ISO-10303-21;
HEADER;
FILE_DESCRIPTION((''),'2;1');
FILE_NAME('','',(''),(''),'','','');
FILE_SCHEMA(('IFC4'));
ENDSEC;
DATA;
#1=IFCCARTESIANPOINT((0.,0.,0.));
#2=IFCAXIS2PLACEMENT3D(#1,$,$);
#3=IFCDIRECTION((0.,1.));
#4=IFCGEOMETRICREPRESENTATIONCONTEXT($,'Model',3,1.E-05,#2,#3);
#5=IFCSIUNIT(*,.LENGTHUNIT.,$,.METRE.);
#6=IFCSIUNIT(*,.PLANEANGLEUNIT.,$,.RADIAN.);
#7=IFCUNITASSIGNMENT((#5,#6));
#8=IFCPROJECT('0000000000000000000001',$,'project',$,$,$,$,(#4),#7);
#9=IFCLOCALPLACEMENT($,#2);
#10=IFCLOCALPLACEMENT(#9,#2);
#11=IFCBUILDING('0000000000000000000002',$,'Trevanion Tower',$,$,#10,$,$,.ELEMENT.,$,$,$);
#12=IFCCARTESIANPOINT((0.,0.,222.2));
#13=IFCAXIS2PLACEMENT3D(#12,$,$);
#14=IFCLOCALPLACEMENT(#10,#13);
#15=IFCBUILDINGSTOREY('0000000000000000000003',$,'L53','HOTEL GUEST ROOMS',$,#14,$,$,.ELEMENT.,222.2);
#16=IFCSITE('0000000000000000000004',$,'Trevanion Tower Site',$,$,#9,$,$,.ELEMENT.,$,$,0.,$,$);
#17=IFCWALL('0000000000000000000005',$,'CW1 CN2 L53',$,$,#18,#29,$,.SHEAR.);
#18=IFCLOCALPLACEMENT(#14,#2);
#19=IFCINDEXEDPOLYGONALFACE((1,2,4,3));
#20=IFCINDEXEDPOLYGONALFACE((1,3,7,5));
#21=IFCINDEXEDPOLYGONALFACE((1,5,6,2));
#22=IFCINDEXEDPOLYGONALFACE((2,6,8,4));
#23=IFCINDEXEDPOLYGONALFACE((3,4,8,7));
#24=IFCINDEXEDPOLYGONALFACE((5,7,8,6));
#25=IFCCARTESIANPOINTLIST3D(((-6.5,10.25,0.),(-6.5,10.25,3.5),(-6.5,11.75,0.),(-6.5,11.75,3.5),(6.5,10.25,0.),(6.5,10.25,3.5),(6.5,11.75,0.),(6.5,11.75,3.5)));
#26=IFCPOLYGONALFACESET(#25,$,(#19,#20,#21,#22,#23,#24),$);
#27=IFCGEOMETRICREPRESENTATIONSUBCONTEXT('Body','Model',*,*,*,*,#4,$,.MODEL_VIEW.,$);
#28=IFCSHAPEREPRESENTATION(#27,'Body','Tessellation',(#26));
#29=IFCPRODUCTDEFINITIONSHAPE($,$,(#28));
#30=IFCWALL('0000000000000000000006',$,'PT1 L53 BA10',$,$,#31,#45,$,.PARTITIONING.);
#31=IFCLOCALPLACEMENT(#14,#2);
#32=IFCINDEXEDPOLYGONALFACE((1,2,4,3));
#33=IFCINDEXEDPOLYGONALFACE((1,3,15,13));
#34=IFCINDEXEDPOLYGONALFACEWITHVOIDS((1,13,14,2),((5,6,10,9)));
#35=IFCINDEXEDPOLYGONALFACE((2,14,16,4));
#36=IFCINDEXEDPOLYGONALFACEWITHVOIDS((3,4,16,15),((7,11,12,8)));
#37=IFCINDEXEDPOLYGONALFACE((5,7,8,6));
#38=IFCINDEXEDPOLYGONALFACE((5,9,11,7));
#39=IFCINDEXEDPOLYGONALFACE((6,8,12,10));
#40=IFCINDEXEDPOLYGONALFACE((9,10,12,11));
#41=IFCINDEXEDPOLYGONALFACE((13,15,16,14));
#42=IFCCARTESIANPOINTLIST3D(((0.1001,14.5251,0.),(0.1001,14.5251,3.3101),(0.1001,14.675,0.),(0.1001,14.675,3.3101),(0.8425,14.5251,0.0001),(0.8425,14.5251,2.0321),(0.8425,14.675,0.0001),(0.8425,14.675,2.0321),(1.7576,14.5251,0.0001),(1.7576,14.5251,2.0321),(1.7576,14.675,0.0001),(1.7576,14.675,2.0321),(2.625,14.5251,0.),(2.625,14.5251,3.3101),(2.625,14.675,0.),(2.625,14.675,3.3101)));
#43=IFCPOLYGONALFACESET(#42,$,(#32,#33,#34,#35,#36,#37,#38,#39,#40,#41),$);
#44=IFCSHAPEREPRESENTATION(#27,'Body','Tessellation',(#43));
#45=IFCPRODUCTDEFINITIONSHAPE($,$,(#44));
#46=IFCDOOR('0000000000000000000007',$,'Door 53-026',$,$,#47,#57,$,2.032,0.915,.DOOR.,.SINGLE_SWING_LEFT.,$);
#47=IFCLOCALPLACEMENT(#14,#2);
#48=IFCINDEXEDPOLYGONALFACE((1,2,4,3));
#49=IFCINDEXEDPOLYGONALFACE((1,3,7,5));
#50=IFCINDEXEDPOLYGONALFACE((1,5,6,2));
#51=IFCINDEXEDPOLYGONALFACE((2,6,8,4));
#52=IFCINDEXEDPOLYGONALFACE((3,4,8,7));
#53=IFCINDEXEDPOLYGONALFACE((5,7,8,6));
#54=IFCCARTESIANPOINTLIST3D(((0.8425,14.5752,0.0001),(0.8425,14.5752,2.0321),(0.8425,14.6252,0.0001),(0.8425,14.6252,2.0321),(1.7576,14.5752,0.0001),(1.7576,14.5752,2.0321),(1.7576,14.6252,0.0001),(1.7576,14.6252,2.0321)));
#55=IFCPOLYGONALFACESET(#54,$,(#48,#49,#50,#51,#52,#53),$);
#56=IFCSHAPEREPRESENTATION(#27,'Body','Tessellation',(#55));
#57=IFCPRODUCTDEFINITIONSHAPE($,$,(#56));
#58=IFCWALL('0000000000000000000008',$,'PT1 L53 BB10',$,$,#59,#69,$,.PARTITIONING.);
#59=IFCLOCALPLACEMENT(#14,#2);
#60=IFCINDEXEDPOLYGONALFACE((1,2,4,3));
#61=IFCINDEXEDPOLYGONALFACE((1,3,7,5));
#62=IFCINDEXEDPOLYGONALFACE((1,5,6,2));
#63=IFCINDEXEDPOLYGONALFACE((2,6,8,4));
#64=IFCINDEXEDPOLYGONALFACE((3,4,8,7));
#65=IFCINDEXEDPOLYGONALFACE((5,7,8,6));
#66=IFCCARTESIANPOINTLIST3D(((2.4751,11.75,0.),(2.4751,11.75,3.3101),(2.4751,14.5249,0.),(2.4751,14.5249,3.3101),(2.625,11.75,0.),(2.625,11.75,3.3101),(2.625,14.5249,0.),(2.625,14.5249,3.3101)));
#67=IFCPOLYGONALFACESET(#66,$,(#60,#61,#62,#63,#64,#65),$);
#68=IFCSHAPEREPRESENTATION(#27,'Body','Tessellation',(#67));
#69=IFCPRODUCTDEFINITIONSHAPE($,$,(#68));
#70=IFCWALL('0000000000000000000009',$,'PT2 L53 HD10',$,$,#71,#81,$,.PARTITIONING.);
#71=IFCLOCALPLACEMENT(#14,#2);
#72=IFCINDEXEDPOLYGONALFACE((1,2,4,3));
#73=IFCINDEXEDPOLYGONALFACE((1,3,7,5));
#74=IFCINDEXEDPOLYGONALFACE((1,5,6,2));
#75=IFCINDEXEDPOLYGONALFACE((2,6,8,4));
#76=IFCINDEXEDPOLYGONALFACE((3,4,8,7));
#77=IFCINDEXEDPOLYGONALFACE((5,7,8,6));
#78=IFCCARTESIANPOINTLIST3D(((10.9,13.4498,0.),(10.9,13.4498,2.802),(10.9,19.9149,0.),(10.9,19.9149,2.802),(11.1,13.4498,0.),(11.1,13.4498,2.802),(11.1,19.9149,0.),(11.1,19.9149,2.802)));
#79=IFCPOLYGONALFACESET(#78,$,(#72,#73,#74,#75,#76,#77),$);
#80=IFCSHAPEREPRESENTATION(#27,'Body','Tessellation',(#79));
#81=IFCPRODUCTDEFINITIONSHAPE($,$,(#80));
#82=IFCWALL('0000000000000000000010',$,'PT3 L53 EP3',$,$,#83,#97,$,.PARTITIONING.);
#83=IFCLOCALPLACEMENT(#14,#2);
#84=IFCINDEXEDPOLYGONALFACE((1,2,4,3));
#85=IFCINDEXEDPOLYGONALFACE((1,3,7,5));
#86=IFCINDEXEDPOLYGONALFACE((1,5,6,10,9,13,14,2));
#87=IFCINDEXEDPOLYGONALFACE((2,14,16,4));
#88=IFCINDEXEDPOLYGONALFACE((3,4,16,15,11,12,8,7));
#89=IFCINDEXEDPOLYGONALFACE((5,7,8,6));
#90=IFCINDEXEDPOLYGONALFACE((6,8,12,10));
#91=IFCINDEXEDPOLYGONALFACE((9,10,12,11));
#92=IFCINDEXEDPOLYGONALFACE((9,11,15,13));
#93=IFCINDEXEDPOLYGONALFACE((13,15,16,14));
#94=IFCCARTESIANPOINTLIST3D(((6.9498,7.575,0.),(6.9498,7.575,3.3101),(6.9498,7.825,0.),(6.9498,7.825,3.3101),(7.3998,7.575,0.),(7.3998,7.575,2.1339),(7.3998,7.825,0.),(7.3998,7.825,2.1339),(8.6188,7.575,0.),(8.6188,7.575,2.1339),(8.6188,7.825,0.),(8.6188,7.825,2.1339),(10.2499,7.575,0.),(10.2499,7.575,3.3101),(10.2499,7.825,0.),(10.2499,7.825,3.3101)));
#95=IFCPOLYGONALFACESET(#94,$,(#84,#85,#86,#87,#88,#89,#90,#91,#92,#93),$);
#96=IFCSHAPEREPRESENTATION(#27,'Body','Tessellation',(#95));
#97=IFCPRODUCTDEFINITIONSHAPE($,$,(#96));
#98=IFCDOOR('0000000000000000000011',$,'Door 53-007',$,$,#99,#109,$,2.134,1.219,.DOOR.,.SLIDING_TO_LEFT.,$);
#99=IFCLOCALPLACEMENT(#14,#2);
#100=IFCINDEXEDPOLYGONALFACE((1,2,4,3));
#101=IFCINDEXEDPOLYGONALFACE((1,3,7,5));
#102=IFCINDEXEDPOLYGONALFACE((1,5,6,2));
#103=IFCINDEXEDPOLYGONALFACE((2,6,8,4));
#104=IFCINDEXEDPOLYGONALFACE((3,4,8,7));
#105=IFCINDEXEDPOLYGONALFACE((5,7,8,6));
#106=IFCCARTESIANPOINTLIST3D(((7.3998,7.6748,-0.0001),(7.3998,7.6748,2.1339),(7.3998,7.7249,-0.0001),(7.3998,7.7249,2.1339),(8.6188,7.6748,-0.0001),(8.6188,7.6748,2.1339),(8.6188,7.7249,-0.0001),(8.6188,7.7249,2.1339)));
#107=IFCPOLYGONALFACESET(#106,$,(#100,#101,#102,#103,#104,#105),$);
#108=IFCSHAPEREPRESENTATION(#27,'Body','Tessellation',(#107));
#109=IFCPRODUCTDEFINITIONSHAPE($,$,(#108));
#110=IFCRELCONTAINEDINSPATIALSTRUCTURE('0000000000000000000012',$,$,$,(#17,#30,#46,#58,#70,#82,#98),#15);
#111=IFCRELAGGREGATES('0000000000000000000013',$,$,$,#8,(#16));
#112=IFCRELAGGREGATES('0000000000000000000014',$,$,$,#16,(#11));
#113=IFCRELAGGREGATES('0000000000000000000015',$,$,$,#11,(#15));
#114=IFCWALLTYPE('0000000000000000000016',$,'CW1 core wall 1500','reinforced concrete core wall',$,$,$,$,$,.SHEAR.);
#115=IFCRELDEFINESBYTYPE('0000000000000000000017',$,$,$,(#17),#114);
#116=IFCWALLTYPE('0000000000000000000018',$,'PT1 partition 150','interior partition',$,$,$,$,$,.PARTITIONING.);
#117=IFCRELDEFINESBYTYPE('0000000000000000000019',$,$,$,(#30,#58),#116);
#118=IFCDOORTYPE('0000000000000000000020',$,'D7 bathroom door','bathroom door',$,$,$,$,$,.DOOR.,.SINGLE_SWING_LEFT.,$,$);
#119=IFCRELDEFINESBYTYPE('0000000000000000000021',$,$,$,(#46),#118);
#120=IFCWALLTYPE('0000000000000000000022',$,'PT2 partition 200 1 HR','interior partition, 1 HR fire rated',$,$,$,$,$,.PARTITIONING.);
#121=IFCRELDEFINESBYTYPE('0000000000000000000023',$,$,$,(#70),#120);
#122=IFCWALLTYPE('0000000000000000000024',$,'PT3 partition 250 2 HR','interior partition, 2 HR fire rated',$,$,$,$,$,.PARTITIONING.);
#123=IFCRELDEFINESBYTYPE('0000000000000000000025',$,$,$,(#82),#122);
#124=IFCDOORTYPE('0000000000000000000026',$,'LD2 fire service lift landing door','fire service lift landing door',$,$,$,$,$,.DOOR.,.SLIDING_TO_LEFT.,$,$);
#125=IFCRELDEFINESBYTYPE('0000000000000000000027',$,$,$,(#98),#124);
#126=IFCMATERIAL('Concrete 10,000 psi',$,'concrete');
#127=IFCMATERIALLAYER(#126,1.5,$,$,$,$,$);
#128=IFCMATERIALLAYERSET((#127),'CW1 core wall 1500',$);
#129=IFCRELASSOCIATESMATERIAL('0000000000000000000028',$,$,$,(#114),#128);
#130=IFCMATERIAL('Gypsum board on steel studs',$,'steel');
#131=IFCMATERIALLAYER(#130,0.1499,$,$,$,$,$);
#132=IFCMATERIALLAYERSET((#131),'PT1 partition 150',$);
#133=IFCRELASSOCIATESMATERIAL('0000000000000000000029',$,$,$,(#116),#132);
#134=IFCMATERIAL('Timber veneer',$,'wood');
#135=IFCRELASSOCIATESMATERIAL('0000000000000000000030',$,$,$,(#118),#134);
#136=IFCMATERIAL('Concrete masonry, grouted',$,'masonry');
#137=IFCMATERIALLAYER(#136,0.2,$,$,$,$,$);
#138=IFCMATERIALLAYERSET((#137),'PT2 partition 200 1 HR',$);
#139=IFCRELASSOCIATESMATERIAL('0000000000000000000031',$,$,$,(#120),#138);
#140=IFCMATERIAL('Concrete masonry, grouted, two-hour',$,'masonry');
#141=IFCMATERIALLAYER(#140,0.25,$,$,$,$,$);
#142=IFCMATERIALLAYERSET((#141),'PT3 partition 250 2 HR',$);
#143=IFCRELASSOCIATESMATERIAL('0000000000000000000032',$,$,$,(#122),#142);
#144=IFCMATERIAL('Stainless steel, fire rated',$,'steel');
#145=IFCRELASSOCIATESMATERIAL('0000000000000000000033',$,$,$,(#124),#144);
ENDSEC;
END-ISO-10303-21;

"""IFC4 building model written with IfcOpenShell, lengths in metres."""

from ifc_helpers import new_model, si_unit, direction, frame, frame_2d, origin, place, context, subcontext, project, spatial, rectangle, extrude, material, layer, layer_set, type_object, element, fill, save


model = new_model("IFC4")

# Units and contexts
model_context = context("Model", 3, precision=1e-05, world=origin(), true_north=direction((0.0, 1.0)))
body_context = subcontext(model_context, "Body", "Model", "MODEL_VIEW")
ifc_project = project(units=[si_unit("LENGTHUNIT", "METRE"), si_unit("PLANEANGLEUNIT", "RADIAN")], contexts=[model_context])

# Site, building, storey
site_placement = place(None, origin())
site = spatial("IfcSite", under=ifc_project, at=site_placement, Name="Trevanion Tower Site", CompositionType="ELEMENT", RefElevation=0.0)
building_placement = place(site_placement, origin())
building = spatial("IfcBuilding", under=site, at=building_placement, Name="Trevanion Tower", CompositionType="ELEMENT")
storey_placement = place(building_placement, frame((0.0, 0.0, 222.2)))
storey = spatial("IfcBuildingStorey", under=building, at=storey_placement, Name="L53", Description="HOTEL GUEST ROOMS", CompositionType="ELEMENT", Elevation=222.2)

# Wall
ifc_material_1 = material(Name="Concrete 10,000 psi", Category="concrete")
ifc_layer_1 = layer(ifc_material_1, 1.5)
ifc_layer_set_1 = layer_set([ifc_layer_1], Name="CW1 core wall 1500")
wall_type_1 = type_object("IfcWallType", Name="CW1 core wall 1500", Description="reinforced concrete core wall", PredefinedType="SHEAR", material=ifc_layer_set_1)
wall_1_placement = place(storey_placement, frame((6.5, 11.0, 0.0), z_axis=(0.0, 0.0, 1.0), x_axis=(-1.0, 0.0, 0.0)))
element("IfcWall", 1, at=wall_1_placement, inside=storey, type_object=wall_type_1, Name="CW1 CN2 L53", PredefinedType="SHEAR", context=body_context, shape_type="SweptSolid", body=[
    extrude(rectangle(XDim=13.0, YDim=1.5, at=frame_2d((6.5, 0.0))), origin(), (0.0, 0.0, 1.0), 3.5),
])

# Wall, opening, door
ifc_material_2 = material(Name="Gypsum board on steel studs", Category="steel")
ifc_layer_2 = layer(ifc_material_2, 0.1499)
ifc_layer_set_2 = layer_set([ifc_layer_2], Name="PT1 partition 150")
wall_type_2 = type_object("IfcWallType", Name="PT1 partition 150", Description="interior partition", PredefinedType="PARTITIONING", material=ifc_layer_set_2)
wall_2_placement = place(storey_placement, frame((2.625, 14.6001, 0.0), z_axis=(0.0, 0.0, 1.0), x_axis=(-1.0, 0.0, 0.0)))
wall_2 = element("IfcWall", 2, at=wall_2_placement, inside=storey, type_object=wall_type_2, Name="PT1 L53 BA10", PredefinedType="PARTITIONING", context=body_context, shape_type="SweptSolid", body=[
    extrude(rectangle(XDim=2.5249, YDim=0.1499, at=frame_2d((1.2625, 0.0))), origin(), (0.0, 0.0, 1.0), 3.3101),
])
opening_1_placement = place(wall_2_placement, frame((0.8674, 0.0, 0.0)))
opening_1 = element("IfcOpeningElement", 3, at=opening_1_placement, cuts=wall_2, PredefinedType="OPENING", context=body_context, shape_type="SweptSolid", body=[
    extrude(rectangle(XDim=0.915, YDim=2.032, at=frame_2d((0.4575, 1.0161))), frame((0.0, 0.085, 0.0), z_axis=(0.0, -1.0, 0.0), x_axis=(1.0, 0.0, 0.0)), (0.0, 0.0, 1.0), 0.1699),
])
ifc_material_3 = material(Name="Timber veneer", Category="wood")
door_type_1 = type_object("IfcDoorType", Name="D7 bathroom door", Description="bathroom door", OperationType="SINGLE_SWING_LEFT", PredefinedType="DOOR", material=ifc_material_3)
door_1_placement = place(opening_1_placement, origin())
door_1 = element("IfcDoor", 4, at=door_1_placement, inside=storey, type_object=door_type_1, Name="Door 53-026", OperationType="SINGLE_SWING_LEFT", OverallHeight=2.032, OverallWidth=0.915, PredefinedType="DOOR", context=body_context, shape_type="SweptSolid", body=[
    extrude(rectangle(XDim=0.915, YDim=2.032, at=frame_2d((0.4575, 1.0161))), frame((0.0, 0.0249, 0.0), z_axis=(0.0, -1.0, 0.0), x_axis=(1.0, 0.0, 0.0)), (0.0, 0.0, 1.0), 0.05),
])
fill(opening_1, door_1)

# Walls
wall_3_placement = place(storey_placement, frame((2.55, 11.75, 0.0), z_axis=(0.0, 0.0, 1.0), x_axis=(0.0, 1.0, 0.0)))
element("IfcWall", 5, at=wall_3_placement, inside=storey, type_object=wall_type_2, Name="PT1 L53 BB10", PredefinedType="PARTITIONING", context=body_context, shape_type="SweptSolid", body=[
    extrude(rectangle(XDim=2.7749, YDim=0.1499, at=frame_2d((1.3875, 0.0))), origin(), (0.0, 0.0, 1.0), 3.3101),
])
ifc_material_4 = material(Name="Concrete masonry, grouted", Category="masonry")
ifc_layer_3 = layer(ifc_material_4, 0.2)
ifc_layer_set_3 = layer_set([ifc_layer_3], Name="PT2 partition 200 1 HR")
wall_type_3 = type_object("IfcWallType", Name="PT2 partition 200 1 HR", Description="interior partition, 1 HR fire rated", PredefinedType="PARTITIONING", material=ifc_layer_set_3)
wall_4_placement = place(storey_placement, frame((11.0, 13.45, 0.0), z_axis=(0.0, 0.0, 1.0), x_axis=(0.0, 1.0, 0.0)))
element("IfcWall", 6, at=wall_4_placement, inside=storey, type_object=wall_type_3, Name="PT2 L53 HD10", PredefinedType="PARTITIONING", context=body_context, shape_type="SweptSolid", body=[
    extrude(rectangle(XDim=6.4651, YDim=0.2, at=frame_2d((3.2324, 0.0))), origin(), (0.0, 0.0, 1.0), 2.802),
])

# Wall, opening, door
ifc_material_5 = material(Name="Concrete masonry, grouted, two-hour", Category="masonry")
ifc_layer_4 = layer(ifc_material_5, 0.25)
ifc_layer_set_4 = layer_set([ifc_layer_4], Name="PT3 partition 250 2 HR")
wall_type_4 = type_object("IfcWallType", Name="PT3 partition 250 2 HR", Description="interior partition, 2 HR fire rated", PredefinedType="PARTITIONING", material=ifc_layer_set_4)
wall_5_placement = place(storey_placement, frame((6.95, 7.7, 0.0), z_axis=(0.0, 0.0, 1.0), x_axis=(1.0, 0.0, 0.0)))
wall_5 = element("IfcWall", 7, at=wall_5_placement, inside=storey, type_object=wall_type_4, Name="PT3 L53 EP3", PredefinedType="PARTITIONING", context=body_context, shape_type="SweptSolid", body=[
    extrude(rectangle(XDim=3.3, YDim=0.25, at=frame_2d((1.6499, 0.0))), origin(), (0.0, 0.0, 1.0), 3.3101),
])
opening_2_placement = place(wall_5_placement, frame((0.45, 0.0, 0.0)))
opening_2 = element("IfcOpeningElement", 8, at=opening_2_placement, cuts=wall_5, PredefinedType="OPENING", context=body_context, shape_type="SweptSolid", body=[
    extrude(rectangle(XDim=1.219, YDim=2.134, at=frame_2d((0.6094, 1.0669))), frame((0.0, 0.135, 0.0), z_axis=(0.0, -1.0, 0.0), x_axis=(1.0, 0.0, 0.0)), (0.0, 0.0, 1.0), 0.27),
])
ifc_material_6 = material(Name="Stainless steel, fire rated", Category="steel")
door_type_2 = type_object("IfcDoorType", Name="LD2 fire service lift landing door", Description="fire service lift landing door", OperationType="SLIDING_TO_LEFT", PredefinedType="DOOR", material=ifc_material_6)
door_2_placement = place(opening_2_placement, origin())
door_2 = element("IfcDoor", 9, at=door_2_placement, inside=storey, type_object=door_type_2, Name="Door 53-007", OperationType="SLIDING_TO_LEFT", OverallHeight=2.134, OverallWidth=1.219, PredefinedType="DOOR", context=body_context, shape_type="SweptSolid", body=[
    extrude(rectangle(XDim=1.219, YDim=2.134, at=frame_2d((0.6094, 1.0669))), frame((0.0, 0.0249, 0.0), z_axis=(0.0, -1.0, 0.0), x_axis=(1.0, 0.0, 0.0)), (0.0, 0.0, 1.0), 0.05),
])
fill(opening_2, door_2)

save(model, "model.ifc")
